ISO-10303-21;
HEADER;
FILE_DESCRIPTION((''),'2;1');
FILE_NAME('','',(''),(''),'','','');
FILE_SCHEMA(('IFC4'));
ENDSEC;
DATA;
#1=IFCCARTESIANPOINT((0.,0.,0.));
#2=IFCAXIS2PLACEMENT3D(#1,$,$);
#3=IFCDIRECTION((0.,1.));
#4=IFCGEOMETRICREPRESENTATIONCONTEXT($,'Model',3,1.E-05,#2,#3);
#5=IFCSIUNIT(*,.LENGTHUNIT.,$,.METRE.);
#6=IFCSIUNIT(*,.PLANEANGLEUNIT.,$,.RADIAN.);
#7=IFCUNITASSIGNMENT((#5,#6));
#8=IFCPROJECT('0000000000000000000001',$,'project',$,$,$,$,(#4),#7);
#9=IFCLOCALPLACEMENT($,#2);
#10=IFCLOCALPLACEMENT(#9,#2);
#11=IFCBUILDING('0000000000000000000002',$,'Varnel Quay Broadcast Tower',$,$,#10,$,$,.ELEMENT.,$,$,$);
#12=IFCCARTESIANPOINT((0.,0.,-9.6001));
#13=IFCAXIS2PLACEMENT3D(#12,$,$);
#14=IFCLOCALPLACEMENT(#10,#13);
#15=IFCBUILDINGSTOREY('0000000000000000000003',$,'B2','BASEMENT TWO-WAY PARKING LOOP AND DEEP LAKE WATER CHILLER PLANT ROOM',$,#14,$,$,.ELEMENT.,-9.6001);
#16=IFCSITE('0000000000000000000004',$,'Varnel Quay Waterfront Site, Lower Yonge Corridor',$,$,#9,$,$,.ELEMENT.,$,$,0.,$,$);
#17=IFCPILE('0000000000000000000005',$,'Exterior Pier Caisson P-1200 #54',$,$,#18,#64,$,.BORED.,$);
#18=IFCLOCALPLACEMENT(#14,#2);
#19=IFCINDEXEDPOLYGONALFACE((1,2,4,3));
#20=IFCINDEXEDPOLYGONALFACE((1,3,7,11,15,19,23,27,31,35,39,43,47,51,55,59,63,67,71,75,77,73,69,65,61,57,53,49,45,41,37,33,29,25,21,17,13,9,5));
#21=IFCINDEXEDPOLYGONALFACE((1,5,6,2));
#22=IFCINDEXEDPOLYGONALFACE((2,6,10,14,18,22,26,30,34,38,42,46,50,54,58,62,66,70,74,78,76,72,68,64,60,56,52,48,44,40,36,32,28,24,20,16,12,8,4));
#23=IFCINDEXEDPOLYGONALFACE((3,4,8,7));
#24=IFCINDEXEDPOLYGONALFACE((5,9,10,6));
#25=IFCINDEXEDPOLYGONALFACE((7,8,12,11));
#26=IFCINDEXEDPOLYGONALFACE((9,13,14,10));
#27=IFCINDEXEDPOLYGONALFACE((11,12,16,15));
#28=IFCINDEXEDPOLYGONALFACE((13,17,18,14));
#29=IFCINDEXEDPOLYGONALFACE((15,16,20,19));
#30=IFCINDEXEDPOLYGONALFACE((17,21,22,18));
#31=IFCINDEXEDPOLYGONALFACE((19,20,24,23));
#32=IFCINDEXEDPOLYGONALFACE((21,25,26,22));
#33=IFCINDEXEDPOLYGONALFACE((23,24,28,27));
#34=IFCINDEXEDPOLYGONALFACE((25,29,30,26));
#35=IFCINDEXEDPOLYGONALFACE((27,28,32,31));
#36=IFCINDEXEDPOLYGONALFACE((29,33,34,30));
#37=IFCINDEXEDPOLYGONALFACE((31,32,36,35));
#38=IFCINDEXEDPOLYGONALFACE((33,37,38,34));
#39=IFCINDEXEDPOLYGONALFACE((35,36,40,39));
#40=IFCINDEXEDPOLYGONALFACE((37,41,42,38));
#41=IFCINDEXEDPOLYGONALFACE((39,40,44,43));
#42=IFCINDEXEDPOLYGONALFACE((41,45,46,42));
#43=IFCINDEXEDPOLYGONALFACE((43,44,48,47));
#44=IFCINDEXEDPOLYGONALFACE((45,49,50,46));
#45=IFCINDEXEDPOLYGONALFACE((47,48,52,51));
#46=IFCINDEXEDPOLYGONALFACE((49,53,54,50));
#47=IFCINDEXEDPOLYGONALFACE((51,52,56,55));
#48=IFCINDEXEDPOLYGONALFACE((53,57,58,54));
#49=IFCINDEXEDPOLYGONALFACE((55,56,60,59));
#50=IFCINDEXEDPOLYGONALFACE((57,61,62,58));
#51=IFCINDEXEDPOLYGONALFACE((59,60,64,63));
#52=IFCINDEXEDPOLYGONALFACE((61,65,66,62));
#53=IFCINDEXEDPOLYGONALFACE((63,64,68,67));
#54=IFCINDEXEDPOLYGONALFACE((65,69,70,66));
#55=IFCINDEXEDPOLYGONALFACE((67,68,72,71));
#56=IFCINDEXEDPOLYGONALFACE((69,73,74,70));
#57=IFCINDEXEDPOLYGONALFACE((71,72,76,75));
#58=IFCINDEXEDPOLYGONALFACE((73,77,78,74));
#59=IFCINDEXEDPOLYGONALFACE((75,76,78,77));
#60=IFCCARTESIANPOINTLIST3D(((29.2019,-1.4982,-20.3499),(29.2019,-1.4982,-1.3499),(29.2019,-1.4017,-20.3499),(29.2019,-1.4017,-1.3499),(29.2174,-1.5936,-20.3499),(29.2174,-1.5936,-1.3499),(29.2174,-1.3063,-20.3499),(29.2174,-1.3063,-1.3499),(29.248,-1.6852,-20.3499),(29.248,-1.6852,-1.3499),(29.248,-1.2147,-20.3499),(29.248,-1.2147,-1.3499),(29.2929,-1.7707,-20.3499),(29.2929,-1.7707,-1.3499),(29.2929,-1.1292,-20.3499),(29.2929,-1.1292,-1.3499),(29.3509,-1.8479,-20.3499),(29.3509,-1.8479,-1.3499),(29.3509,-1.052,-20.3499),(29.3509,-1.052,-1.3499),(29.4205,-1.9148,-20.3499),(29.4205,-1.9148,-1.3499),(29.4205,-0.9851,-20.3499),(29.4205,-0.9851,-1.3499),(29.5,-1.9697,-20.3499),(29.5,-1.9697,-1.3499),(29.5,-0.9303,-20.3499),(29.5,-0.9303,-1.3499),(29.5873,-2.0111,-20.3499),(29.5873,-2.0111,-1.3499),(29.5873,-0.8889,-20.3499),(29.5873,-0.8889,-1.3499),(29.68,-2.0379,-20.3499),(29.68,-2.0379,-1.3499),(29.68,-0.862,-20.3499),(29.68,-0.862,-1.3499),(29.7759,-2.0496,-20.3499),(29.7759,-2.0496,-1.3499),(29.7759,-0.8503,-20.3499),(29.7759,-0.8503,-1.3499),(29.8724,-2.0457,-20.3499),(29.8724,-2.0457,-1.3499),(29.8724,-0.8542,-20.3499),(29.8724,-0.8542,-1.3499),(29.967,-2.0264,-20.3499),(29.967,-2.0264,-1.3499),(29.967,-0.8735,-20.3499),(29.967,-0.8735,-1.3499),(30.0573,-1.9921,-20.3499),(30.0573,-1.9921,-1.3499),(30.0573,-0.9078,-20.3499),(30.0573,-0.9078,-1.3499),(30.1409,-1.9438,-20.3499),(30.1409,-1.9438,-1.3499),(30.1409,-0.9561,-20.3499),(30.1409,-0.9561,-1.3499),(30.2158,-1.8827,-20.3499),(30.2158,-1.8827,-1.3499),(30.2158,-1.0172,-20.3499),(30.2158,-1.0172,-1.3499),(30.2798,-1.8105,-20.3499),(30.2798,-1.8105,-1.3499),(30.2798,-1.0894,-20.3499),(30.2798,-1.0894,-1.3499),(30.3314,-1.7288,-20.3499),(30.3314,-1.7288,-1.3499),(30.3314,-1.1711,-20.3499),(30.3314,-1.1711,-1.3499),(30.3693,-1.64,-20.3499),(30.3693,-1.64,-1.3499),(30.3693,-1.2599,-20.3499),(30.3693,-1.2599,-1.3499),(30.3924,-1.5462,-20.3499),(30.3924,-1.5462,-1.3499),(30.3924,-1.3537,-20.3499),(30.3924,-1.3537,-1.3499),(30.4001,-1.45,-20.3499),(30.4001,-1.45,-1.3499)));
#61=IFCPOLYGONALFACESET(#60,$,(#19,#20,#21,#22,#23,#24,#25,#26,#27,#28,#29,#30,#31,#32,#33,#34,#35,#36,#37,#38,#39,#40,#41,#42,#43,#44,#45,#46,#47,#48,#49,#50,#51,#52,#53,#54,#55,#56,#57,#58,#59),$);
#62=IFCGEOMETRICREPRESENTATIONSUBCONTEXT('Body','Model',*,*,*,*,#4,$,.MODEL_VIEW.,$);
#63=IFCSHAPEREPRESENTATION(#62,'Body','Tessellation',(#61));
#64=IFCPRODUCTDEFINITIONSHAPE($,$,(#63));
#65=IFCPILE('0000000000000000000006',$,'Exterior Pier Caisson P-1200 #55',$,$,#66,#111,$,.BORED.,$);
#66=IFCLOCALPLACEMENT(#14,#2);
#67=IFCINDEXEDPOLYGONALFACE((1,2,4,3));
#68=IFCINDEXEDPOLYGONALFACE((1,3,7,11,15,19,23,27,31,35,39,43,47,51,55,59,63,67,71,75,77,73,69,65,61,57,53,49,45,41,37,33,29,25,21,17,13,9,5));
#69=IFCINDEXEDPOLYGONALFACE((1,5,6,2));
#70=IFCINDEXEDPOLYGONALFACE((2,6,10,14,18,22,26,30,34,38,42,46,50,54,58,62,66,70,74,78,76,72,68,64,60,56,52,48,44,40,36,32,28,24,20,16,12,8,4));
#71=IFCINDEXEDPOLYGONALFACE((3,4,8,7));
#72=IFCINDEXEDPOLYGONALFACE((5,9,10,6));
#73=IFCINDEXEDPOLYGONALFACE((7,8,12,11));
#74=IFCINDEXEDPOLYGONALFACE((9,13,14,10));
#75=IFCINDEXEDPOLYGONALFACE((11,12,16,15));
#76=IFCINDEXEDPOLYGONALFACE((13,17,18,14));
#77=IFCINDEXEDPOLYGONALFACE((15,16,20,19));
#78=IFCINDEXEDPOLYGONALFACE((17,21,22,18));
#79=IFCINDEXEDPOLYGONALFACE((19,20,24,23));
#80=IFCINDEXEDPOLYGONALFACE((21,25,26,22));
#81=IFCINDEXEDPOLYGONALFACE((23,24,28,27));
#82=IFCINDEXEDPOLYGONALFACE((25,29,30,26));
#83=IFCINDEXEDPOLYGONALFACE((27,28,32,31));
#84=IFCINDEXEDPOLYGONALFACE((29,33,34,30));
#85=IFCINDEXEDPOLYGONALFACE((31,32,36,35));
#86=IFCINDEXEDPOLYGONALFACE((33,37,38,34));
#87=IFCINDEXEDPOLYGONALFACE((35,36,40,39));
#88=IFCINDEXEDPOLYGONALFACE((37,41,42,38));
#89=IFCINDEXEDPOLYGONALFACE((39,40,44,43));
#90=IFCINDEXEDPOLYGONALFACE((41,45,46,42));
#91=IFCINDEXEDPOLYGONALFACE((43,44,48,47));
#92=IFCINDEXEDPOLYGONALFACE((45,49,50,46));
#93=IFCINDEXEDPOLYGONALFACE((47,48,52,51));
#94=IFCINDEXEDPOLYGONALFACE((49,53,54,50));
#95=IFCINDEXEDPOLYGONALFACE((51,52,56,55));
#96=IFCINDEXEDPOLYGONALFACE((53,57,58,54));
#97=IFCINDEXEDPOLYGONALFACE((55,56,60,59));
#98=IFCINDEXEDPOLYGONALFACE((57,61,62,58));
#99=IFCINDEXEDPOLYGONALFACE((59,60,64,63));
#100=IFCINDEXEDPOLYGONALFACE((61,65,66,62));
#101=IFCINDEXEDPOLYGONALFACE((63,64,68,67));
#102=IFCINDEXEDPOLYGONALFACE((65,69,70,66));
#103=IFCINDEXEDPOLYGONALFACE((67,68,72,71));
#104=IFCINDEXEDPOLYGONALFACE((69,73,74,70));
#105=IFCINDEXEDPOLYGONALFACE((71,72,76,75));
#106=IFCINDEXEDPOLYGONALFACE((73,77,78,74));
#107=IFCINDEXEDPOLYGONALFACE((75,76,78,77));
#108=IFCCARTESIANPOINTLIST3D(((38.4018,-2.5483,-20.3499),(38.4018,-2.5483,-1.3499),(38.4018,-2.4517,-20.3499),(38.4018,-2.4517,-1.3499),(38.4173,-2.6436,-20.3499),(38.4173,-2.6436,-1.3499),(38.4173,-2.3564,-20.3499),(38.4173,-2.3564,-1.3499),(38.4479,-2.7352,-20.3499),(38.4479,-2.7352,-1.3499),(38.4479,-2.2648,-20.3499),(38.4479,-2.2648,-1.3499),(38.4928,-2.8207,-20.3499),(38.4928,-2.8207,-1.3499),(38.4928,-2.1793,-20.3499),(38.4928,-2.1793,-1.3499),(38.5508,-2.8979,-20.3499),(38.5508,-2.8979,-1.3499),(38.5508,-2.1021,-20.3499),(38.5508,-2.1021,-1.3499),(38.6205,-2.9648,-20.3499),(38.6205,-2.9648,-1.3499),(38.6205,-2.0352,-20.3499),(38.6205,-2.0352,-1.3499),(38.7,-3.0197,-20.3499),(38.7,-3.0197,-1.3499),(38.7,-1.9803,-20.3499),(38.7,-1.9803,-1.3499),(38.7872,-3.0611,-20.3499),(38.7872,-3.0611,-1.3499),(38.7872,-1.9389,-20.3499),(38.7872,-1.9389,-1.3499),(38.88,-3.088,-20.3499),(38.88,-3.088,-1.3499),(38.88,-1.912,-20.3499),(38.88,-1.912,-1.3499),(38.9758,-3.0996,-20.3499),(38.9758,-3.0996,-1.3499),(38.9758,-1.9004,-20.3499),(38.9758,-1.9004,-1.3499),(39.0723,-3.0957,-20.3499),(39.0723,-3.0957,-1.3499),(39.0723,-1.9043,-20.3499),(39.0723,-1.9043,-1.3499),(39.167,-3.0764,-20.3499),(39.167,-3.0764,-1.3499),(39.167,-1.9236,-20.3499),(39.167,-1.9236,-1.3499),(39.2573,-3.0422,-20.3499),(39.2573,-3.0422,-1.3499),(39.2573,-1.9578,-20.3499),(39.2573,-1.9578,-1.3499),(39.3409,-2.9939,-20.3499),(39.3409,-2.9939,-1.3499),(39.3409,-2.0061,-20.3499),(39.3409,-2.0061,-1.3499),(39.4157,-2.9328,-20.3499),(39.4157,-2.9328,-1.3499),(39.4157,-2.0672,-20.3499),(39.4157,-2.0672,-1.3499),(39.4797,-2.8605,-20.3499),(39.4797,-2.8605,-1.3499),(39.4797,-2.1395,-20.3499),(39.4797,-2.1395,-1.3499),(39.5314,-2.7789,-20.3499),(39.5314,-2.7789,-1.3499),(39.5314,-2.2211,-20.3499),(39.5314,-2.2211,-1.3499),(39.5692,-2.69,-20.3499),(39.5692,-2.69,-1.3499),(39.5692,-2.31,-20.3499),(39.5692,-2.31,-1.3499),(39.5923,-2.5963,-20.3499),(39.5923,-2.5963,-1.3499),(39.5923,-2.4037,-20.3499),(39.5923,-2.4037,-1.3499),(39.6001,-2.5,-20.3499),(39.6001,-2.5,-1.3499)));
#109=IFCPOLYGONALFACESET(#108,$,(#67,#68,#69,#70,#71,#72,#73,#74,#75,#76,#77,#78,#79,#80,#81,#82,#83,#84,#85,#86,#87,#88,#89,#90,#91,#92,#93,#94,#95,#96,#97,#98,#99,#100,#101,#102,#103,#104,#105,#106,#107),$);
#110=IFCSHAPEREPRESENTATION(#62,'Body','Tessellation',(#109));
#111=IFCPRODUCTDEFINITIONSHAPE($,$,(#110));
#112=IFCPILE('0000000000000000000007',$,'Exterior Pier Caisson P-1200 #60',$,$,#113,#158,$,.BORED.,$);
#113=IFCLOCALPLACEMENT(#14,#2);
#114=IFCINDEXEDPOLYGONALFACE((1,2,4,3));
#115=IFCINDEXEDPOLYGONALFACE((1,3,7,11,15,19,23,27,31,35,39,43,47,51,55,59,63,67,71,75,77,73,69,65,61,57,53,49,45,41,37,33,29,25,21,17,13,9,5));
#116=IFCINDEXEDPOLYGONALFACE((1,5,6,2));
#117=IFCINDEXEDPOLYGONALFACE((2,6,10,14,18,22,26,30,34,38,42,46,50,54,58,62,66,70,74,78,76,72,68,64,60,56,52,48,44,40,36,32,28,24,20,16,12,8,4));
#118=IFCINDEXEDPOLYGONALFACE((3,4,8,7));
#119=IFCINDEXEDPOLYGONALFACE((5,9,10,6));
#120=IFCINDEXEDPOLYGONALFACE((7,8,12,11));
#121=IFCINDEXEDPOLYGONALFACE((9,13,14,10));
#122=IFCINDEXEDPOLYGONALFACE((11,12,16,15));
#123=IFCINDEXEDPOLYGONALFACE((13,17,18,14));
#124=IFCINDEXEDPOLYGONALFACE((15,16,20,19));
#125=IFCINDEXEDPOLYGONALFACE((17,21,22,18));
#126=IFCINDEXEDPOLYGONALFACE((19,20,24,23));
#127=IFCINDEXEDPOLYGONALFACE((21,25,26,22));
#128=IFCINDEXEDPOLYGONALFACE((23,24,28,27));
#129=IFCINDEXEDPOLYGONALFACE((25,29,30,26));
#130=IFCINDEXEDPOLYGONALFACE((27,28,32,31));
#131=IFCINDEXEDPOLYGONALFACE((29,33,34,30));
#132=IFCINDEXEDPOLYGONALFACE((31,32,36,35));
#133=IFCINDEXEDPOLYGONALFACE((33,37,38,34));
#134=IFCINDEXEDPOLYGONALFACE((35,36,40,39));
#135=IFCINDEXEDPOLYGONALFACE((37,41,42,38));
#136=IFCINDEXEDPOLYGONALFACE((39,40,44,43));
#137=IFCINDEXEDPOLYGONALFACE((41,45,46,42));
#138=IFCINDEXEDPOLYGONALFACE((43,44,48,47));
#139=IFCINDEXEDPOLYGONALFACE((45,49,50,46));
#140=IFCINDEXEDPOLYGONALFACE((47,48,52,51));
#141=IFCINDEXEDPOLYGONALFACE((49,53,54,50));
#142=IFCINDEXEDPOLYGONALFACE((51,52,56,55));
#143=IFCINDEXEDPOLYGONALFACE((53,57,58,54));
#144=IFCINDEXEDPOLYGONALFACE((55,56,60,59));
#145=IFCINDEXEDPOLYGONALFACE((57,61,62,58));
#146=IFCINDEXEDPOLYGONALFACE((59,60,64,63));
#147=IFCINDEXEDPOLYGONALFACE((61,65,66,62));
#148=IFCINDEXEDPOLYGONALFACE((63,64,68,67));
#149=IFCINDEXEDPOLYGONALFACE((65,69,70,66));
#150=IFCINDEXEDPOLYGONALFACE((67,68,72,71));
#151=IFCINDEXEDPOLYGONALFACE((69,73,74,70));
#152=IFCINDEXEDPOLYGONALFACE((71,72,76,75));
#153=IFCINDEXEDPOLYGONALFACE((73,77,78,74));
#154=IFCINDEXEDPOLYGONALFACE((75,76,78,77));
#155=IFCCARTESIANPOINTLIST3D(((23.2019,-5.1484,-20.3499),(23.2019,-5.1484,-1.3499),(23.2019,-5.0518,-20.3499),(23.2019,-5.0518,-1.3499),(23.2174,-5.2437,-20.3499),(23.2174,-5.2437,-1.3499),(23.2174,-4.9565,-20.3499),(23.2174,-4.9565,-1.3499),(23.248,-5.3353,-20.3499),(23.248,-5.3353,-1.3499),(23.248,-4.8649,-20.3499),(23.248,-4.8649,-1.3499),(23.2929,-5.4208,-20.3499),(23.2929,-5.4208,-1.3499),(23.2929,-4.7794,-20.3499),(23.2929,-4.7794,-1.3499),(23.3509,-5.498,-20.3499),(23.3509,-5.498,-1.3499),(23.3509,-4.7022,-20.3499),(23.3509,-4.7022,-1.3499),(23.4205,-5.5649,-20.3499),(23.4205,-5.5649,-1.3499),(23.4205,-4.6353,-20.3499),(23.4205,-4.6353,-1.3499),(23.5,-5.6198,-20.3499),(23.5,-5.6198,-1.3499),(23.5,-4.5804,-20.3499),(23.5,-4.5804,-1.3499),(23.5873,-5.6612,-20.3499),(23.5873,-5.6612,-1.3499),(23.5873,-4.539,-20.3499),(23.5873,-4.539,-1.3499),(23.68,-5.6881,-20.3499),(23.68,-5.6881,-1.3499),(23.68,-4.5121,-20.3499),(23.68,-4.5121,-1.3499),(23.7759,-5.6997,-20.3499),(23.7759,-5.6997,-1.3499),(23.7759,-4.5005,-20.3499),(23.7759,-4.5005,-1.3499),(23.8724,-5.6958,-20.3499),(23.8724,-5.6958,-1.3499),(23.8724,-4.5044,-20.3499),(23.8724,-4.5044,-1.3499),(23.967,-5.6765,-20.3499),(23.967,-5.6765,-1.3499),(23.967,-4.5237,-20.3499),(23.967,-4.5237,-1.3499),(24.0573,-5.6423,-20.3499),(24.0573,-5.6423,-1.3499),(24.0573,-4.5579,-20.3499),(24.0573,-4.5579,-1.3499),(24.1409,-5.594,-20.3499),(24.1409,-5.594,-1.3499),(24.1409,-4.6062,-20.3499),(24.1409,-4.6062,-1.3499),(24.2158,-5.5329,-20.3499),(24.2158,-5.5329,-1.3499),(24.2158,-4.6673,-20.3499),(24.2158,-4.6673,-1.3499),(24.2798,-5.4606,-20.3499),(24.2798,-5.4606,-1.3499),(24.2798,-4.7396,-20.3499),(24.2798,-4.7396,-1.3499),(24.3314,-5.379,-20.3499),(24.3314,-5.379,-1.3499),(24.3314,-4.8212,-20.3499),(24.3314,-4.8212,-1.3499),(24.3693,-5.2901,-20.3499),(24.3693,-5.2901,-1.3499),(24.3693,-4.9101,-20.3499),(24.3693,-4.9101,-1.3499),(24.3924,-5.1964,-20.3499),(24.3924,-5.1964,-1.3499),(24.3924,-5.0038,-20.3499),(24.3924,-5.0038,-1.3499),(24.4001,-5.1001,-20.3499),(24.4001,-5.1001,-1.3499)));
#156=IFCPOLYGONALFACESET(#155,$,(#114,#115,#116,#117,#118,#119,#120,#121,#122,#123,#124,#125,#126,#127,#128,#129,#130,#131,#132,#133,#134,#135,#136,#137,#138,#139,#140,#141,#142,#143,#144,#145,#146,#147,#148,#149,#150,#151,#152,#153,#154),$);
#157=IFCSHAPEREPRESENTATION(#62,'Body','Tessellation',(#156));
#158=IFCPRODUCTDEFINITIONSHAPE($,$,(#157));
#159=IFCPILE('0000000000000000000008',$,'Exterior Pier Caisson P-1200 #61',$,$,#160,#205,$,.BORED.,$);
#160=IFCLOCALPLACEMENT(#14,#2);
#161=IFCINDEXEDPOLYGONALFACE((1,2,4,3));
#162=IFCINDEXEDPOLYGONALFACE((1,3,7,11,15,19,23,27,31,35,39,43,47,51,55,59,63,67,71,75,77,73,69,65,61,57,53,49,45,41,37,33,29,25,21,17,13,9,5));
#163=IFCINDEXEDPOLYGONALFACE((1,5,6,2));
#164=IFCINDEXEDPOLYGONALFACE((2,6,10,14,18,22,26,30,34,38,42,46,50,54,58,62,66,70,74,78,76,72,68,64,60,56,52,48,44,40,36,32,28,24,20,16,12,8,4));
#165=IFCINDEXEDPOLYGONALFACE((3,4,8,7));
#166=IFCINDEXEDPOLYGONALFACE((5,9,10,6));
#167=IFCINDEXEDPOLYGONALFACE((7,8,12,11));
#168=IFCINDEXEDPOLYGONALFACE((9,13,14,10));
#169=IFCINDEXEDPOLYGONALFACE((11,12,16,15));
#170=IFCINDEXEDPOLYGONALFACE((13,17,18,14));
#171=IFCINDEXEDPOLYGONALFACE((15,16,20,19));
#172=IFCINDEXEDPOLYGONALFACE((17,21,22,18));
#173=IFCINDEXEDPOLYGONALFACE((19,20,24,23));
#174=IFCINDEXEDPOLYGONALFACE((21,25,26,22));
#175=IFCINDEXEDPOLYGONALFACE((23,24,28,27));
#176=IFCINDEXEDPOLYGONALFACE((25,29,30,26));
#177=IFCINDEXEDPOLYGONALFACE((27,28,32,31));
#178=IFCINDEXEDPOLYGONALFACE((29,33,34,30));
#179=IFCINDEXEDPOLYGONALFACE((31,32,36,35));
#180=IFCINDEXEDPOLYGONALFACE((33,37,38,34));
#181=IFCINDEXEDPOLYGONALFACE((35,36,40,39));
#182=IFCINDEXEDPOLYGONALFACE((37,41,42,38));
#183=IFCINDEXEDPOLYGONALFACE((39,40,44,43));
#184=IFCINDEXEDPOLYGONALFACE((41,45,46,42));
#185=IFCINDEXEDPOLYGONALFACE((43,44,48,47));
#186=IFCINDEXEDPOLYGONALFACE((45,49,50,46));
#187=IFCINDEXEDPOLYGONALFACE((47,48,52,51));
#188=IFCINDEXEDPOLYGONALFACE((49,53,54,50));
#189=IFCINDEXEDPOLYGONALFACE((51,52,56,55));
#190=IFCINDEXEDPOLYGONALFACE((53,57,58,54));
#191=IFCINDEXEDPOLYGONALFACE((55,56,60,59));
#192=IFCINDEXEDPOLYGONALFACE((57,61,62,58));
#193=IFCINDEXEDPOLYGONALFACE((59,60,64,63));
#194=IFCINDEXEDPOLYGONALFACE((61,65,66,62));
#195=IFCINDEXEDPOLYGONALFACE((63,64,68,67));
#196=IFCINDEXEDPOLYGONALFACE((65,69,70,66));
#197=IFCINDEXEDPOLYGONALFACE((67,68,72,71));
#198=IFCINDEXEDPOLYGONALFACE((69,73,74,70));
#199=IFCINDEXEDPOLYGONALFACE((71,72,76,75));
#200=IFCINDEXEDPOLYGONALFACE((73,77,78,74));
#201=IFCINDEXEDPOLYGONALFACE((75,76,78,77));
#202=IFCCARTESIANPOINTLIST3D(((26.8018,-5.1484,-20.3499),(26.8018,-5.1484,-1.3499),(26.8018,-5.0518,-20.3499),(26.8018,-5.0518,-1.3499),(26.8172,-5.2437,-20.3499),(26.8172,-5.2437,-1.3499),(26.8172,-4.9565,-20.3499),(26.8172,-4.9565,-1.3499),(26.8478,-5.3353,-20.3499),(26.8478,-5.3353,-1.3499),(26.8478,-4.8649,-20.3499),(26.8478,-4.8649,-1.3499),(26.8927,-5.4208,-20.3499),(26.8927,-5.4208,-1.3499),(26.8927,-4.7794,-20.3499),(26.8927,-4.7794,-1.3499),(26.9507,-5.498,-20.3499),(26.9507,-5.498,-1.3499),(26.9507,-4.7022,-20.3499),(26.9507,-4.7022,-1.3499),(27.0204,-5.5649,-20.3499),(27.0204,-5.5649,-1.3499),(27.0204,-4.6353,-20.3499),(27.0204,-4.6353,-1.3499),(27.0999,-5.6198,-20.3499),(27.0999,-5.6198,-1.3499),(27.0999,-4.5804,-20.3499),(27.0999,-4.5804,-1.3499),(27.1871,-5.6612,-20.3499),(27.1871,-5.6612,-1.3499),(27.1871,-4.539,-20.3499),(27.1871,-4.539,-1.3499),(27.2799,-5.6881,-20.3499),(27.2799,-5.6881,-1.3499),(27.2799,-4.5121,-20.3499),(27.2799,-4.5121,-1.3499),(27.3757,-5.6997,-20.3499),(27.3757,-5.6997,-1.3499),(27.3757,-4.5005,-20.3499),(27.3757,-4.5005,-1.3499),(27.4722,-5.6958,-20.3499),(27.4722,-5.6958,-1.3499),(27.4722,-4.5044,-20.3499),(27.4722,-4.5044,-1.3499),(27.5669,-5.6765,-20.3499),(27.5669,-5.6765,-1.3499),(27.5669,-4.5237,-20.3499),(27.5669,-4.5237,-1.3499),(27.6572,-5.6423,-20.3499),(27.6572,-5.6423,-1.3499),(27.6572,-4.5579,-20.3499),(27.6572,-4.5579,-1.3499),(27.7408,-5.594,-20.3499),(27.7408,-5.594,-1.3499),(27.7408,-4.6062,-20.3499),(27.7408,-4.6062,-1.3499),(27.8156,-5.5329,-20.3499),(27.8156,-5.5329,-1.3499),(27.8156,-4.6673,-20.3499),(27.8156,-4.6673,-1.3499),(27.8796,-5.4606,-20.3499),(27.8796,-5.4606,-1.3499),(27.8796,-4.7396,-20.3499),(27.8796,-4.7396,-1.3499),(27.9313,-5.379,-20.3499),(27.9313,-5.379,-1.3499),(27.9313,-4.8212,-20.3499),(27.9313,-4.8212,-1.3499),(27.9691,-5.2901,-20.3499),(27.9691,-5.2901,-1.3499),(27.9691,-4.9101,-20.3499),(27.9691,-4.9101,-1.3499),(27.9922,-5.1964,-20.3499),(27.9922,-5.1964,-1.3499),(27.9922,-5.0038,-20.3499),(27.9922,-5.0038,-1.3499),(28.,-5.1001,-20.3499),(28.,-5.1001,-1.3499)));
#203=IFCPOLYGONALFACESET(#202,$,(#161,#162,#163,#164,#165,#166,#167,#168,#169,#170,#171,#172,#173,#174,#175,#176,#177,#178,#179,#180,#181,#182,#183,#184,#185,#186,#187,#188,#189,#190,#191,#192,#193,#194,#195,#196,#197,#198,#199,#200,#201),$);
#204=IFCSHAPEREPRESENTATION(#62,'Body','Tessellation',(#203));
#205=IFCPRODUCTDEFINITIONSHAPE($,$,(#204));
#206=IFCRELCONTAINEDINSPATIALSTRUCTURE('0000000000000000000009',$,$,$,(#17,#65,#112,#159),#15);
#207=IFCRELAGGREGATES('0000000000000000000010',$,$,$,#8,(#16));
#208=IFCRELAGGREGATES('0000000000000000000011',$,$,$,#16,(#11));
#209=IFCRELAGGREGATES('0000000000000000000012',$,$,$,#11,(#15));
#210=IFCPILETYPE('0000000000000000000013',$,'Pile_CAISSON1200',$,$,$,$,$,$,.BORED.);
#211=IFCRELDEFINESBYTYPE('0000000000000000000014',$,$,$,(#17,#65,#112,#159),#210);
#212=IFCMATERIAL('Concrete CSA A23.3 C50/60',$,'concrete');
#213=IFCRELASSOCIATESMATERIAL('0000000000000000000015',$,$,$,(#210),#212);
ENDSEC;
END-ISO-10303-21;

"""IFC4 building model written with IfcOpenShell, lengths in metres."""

from ifc_helpers import new_model, si_unit, direction, frame, origin, origin_2d, place, context, subcontext, project, spatial, circle, extrude, source, transform, mapped, material, material_profile, profile_set, type_object, type_shapes, element, save


model = new_model("IFC4")

# Units and contexts
model_context = context("Model", 3, precision=1e-05, world=origin(), true_north=direction((0.0, 1.0)))
body_context = subcontext(model_context, "Body", "Model", "MODEL_VIEW")
ifc_project = project(units=[si_unit("LENGTHUNIT", "METRE"), si_unit("PLANEANGLEUNIT", "RADIAN")], contexts=[model_context])

# Site, building, storey
site_placement = place(None, origin())
site = spatial("IfcSite", under=ifc_project, at=site_placement, Name="Varnel Quay Waterfront Site, Lower Yonge Corridor", CompositionType="ELEMENT", RefElevation=0.0)
building_placement = place(site_placement, origin())
building = spatial("IfcBuilding", under=site, at=building_placement, Name="Varnel Quay Broadcast Tower", CompositionType="ELEMENT")
storey_placement = place(building_placement, frame((0.0, 0.0, -9.6001)))
storey = spatial("IfcBuildingStorey", under=building, at=storey_placement, Name="B2", Description="BASEMENT TWO-WAY PARKING LOOP AND DEEP LAKE WATER CHILLER PLANT ROOM", CompositionType="ELEMENT", Elevation=-9.6001)

# Piles
ifc_material_1 = material(Name="Concrete CSA A23.3 C50/60", Category="concrete")
ifc_material_profile_1 = material_profile(ifc_material_1, circle(Radius=0.6001, at=origin_2d()), Name="CAISSON1200")
ifc_profile_set_1 = profile_set([ifc_material_profile_1], Name="Concrete CSA A23.3 C50/60")
pile_type = type_object("IfcPileType", Name="Pile_CAISSON1200", PredefinedType="BORED", material=ifc_profile_set_1)
shared_shape_1 = source(origin(), body_context, "Body", "SweptSolid", [
    extrude(circle(Radius=0.6001, at=origin_2d()), origin(), (0.0, 0.0, 1.0), 19.0),
])
type_shapes(pile_type, [shared_shape_1])
for number, where, z_axis, x_axis, name in (
    (1, (29.8, -1.45, -1.3499), (0.0, 0.0, -1.0), (1.0, 0.0, 0.0), "Exterior Pier Caisson P-1200 #54"),
    (2, (39.0, -2.5, -1.3499), (0.0, 0.0, -1.0), (1.0, 0.0, 0.0), "Exterior Pier Caisson P-1200 #55"),
    (3, (23.8, -5.1001, -1.3499), (0.0, 0.0, -1.0), (1.0, 0.0, 0.0), "Exterior Pier Caisson P-1200 #60"),
    (4, (27.3999, -5.1001, -1.3499), (0.0, 0.0, -1.0), (1.0, 0.0, 0.0), "Exterior Pier Caisson P-1200 #61"),
):
    element("IfcPile", number, at=place(storey_placement, frame(where, z_axis=z_axis, x_axis=x_axis)), inside=storey, type_object=pile_type, Name=name, PredefinedType="BORED", context=body_context, shape_type="MappedRepresentation", body=[
        mapped(shared_shape_1, transform((0.0, 0.0, 0.0), x_axis=(1.0, 0.0, 0.0), y_axis=(0.0, 1.0, 0.0), z_axis=(0.0, 0.0, 1.0), scale=1.0)),
    ])

save(model, "model.ifc")
